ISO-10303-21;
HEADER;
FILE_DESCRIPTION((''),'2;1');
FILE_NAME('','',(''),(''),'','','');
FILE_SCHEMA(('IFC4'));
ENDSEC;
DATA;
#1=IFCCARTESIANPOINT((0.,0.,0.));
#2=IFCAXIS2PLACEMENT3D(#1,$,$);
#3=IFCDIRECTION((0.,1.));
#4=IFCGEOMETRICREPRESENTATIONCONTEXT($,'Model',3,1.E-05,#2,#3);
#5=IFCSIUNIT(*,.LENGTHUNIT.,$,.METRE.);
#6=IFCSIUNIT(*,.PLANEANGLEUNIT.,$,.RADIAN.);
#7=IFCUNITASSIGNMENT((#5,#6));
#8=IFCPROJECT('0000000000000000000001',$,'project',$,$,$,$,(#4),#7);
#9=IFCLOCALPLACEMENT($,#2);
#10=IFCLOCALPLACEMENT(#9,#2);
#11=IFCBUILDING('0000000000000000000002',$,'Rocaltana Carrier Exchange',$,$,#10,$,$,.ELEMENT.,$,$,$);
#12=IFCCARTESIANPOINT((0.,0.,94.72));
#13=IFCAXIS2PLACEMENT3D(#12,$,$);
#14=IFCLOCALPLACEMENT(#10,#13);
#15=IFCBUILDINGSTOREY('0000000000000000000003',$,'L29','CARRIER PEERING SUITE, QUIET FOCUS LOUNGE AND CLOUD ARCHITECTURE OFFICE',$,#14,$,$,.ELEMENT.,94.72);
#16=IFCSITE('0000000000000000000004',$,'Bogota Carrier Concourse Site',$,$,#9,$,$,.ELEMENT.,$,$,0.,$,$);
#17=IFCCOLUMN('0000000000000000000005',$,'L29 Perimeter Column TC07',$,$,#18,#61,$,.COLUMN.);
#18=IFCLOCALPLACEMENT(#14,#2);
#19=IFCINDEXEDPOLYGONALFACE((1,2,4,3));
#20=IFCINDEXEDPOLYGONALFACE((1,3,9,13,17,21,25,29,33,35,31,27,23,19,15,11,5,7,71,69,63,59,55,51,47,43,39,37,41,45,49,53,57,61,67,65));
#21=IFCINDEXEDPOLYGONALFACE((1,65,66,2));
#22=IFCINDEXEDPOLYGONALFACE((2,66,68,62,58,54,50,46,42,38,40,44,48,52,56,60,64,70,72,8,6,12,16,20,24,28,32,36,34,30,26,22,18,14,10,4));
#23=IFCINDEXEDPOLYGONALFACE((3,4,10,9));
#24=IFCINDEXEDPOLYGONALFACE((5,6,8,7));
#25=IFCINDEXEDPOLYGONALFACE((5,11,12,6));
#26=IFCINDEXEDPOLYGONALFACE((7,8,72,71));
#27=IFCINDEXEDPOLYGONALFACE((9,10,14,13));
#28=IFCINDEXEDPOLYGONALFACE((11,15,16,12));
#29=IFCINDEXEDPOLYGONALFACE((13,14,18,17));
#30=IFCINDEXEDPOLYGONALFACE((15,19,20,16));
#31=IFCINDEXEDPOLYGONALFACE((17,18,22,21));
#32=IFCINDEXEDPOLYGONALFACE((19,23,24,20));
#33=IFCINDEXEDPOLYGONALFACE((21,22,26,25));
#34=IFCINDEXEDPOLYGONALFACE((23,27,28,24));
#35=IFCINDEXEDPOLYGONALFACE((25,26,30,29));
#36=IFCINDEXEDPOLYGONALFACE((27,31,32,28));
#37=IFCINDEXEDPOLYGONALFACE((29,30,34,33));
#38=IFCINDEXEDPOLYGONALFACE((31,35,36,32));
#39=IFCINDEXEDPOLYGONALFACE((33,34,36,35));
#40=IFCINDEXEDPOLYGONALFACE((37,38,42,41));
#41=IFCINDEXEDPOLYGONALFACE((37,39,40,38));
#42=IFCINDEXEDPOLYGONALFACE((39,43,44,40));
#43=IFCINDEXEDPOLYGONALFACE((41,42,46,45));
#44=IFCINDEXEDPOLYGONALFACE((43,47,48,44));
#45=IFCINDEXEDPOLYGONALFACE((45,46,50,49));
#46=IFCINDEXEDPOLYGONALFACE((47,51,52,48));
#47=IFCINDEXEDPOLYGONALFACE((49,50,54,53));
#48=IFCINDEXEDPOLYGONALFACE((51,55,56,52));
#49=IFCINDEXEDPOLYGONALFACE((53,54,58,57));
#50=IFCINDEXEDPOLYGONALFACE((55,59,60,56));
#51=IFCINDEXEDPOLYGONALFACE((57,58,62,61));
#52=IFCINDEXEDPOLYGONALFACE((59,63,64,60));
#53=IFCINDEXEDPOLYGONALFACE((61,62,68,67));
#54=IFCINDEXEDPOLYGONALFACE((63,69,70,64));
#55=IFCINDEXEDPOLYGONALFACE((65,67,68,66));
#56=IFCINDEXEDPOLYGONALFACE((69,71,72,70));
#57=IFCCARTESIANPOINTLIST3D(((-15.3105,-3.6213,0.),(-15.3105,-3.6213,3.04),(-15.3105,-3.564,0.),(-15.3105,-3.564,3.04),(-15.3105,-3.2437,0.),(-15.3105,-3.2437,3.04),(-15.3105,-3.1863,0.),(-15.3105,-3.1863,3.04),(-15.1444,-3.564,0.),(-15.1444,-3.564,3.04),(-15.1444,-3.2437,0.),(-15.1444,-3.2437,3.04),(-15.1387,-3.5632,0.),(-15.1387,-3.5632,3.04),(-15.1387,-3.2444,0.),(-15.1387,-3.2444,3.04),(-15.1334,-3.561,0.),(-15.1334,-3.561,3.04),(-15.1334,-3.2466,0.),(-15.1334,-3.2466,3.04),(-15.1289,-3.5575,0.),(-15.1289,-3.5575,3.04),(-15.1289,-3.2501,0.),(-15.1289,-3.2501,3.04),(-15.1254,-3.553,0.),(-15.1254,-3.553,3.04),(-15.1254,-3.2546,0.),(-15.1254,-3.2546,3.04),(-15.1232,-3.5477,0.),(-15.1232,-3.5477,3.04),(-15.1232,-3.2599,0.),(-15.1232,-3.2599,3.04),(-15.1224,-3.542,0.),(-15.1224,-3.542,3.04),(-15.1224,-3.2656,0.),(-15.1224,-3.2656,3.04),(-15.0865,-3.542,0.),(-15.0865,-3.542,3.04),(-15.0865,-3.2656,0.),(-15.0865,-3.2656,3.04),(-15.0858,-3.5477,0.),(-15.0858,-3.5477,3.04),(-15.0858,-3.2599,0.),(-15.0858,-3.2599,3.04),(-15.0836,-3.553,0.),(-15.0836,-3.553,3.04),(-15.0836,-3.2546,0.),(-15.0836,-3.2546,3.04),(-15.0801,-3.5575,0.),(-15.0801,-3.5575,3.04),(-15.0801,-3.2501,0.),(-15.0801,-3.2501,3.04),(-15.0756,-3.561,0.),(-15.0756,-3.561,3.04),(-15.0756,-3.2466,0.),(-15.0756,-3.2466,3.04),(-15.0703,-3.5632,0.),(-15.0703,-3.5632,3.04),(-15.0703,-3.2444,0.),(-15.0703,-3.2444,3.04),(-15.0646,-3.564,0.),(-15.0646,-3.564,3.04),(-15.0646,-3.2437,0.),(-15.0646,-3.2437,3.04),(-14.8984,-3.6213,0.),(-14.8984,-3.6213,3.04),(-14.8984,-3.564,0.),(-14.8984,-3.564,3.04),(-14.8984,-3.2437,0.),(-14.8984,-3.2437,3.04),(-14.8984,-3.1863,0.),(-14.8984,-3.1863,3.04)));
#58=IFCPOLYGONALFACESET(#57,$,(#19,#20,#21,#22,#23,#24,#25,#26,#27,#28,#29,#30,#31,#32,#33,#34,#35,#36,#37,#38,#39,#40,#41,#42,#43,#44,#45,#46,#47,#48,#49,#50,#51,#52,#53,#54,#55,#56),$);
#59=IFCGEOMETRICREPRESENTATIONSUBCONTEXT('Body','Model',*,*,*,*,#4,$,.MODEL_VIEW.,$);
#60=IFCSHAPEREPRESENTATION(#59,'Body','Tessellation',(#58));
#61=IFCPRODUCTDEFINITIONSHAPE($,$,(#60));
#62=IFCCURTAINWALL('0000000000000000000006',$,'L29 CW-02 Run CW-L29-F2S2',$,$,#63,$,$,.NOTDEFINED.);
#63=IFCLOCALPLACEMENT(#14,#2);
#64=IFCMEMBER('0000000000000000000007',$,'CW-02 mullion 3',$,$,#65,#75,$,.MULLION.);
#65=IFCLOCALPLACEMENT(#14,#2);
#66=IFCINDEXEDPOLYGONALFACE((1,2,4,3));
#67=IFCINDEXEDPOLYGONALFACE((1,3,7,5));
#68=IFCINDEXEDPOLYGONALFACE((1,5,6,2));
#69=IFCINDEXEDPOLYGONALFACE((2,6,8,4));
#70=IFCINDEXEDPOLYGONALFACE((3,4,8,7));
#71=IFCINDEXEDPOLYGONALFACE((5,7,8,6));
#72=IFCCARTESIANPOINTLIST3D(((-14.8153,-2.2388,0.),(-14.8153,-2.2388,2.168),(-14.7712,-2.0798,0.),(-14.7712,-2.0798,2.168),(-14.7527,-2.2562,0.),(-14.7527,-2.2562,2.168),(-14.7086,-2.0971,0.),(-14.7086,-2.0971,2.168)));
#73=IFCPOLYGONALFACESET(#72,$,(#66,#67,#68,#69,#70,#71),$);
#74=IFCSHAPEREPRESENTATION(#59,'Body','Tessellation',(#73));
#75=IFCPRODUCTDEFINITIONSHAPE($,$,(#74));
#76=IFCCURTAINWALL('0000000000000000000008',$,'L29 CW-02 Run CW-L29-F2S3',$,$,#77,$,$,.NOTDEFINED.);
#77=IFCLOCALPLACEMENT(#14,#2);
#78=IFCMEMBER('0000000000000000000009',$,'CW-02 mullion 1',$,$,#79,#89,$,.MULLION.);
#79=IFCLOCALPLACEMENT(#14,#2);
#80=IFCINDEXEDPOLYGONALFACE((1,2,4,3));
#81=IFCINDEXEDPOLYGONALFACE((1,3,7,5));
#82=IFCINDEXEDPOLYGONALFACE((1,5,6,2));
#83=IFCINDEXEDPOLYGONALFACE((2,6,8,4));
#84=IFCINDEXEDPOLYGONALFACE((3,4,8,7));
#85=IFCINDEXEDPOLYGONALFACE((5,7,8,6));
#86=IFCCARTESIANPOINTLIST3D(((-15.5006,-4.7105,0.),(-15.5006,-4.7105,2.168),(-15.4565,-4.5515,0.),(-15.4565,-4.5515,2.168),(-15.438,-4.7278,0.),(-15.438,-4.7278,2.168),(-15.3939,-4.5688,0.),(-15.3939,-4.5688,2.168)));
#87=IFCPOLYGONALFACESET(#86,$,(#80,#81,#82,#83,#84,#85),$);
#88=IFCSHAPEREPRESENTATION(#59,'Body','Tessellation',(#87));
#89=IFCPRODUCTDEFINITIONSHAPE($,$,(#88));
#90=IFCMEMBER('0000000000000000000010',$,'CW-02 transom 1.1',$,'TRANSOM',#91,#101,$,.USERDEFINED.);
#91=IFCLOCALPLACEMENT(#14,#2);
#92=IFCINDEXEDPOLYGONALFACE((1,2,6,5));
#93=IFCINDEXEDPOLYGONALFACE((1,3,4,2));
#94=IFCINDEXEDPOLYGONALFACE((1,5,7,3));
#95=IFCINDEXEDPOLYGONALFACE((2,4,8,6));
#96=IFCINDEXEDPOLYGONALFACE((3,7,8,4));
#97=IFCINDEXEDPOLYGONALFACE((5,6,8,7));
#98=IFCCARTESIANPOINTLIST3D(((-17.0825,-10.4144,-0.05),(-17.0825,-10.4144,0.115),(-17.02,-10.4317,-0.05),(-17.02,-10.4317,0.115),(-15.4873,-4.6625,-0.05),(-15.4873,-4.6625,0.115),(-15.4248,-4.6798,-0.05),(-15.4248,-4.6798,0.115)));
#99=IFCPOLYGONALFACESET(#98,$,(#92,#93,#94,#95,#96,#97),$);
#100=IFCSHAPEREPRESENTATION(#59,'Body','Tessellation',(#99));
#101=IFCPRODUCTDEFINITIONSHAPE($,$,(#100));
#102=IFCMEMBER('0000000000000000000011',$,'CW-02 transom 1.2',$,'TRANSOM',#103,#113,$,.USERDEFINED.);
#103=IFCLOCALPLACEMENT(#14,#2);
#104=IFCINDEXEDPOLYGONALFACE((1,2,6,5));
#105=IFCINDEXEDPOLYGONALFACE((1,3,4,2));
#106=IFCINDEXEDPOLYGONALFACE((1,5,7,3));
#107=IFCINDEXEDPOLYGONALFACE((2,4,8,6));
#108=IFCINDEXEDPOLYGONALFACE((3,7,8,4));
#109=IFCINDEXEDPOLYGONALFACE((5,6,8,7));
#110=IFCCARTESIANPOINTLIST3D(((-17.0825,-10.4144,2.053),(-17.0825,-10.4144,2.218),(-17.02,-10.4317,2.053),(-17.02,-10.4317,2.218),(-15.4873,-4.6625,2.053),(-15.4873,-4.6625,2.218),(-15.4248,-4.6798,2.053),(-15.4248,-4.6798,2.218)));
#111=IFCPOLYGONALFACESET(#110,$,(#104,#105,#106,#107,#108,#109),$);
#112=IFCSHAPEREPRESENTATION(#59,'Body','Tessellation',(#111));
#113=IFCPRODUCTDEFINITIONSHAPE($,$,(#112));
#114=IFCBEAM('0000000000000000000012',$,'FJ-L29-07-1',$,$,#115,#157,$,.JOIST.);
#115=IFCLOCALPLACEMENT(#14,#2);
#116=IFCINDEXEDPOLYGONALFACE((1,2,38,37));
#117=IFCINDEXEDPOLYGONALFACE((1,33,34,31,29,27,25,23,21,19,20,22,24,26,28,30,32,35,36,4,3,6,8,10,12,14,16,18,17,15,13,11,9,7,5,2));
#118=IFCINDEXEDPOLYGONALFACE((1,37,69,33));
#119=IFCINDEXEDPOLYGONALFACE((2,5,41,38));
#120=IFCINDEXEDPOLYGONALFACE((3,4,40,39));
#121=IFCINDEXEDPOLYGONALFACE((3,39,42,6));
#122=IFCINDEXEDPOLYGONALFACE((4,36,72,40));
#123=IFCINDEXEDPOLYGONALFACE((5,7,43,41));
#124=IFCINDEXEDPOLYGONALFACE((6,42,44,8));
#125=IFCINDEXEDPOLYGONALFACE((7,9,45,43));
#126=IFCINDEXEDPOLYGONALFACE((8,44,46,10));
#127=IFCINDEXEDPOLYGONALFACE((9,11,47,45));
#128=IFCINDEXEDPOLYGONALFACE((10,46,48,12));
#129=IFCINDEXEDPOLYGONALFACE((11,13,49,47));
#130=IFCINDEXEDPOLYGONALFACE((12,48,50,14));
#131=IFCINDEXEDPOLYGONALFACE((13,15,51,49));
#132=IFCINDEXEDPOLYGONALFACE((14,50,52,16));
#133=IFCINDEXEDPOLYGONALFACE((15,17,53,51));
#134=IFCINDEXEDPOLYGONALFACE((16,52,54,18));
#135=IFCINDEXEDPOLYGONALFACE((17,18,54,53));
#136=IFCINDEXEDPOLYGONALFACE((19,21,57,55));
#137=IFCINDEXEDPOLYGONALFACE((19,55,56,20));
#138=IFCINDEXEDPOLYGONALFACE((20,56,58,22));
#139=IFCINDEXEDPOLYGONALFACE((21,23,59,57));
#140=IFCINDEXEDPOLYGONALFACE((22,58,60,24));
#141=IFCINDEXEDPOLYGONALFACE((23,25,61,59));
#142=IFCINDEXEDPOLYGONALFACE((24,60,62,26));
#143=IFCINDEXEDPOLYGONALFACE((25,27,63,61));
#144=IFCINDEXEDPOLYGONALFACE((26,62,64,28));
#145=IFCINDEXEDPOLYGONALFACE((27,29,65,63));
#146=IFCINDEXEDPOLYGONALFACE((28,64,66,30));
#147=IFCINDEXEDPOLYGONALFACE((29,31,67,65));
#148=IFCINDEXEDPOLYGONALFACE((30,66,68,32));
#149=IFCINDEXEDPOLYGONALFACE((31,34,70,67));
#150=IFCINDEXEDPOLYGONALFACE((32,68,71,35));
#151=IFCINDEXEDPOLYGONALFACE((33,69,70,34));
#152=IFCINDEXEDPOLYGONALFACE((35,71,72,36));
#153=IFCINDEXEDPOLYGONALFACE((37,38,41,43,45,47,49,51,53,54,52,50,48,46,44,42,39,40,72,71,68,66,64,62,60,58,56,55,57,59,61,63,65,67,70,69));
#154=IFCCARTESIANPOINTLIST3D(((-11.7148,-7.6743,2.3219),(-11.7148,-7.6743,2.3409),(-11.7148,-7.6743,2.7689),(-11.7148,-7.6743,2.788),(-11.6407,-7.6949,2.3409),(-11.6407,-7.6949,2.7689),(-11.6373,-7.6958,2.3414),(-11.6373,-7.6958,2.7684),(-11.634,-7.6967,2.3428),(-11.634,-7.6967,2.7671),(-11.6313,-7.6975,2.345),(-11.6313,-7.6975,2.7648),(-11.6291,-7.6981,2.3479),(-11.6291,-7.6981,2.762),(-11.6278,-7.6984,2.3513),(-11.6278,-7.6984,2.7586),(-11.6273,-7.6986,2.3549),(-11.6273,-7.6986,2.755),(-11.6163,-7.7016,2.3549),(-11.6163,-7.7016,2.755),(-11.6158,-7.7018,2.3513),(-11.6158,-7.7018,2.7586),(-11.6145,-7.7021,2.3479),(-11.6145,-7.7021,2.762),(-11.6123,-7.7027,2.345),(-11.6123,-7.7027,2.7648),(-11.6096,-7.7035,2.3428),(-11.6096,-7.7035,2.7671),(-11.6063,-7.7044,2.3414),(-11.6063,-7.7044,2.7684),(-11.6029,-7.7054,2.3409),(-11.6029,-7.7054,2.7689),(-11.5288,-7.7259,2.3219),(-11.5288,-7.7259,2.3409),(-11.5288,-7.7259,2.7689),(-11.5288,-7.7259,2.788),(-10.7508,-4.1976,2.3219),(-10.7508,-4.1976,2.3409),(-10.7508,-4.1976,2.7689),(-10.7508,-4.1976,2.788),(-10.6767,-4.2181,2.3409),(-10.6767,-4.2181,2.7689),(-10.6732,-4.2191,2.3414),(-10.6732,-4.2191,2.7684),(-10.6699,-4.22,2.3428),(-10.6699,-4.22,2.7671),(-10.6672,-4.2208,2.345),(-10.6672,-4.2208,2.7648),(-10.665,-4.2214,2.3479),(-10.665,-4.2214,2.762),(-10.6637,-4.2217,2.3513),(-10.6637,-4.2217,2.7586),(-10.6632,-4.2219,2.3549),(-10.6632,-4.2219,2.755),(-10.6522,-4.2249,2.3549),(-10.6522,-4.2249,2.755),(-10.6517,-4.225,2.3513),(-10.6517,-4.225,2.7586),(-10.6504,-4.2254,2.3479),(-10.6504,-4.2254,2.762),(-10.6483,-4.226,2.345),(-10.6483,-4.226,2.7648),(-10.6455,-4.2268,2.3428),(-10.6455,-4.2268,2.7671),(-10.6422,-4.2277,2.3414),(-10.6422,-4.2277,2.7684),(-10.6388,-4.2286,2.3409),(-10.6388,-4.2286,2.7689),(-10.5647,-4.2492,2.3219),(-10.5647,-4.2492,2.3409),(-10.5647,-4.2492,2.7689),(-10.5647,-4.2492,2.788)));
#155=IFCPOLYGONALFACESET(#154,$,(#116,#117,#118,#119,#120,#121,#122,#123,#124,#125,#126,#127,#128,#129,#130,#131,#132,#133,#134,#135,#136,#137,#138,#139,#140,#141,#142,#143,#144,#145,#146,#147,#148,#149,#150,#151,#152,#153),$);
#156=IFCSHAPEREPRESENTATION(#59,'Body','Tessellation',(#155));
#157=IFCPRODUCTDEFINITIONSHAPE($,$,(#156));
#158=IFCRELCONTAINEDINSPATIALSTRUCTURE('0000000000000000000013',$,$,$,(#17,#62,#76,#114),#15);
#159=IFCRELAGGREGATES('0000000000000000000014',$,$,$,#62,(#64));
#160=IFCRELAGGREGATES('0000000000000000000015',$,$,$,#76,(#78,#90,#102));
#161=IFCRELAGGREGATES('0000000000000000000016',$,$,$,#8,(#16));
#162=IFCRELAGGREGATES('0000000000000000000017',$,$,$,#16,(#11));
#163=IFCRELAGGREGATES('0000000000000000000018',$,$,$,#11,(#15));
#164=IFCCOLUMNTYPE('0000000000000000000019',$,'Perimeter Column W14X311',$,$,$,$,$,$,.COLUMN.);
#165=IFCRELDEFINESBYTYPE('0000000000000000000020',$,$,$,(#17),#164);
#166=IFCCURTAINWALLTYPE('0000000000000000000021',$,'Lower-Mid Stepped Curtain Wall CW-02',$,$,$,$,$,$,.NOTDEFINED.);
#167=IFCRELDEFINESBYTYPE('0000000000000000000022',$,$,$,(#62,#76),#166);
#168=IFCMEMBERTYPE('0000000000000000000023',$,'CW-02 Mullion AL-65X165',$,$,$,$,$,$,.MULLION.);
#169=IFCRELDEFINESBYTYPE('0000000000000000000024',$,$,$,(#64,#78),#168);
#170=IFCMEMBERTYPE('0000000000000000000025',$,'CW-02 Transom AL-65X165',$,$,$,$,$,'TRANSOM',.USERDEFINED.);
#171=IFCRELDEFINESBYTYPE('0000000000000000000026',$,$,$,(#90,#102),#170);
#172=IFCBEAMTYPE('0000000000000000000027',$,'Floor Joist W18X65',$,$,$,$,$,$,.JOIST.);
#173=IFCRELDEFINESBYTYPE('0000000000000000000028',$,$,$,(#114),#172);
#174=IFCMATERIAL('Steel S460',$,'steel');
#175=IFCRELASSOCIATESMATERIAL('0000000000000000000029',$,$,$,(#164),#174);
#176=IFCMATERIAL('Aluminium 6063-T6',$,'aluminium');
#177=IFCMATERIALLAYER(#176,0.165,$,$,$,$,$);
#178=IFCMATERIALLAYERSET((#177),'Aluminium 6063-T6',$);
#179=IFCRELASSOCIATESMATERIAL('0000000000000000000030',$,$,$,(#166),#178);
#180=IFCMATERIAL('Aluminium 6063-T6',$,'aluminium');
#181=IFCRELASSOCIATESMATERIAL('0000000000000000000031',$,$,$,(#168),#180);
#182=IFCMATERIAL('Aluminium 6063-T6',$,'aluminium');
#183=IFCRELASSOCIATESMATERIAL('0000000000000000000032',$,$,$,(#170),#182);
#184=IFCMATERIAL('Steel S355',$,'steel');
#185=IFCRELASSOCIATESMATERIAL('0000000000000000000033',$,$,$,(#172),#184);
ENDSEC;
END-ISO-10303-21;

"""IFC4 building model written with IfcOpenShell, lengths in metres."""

from ifc_helpers import new_model, si_unit, direction, frame, origin, origin_2d, place, context, subcontext, project, spatial, rectangle, i_section, extrude, material, layer, layer_set, material_profile, profile_set, type_object, element, aggregate, save


model = new_model("IFC4")

# Units and contexts
model_context = context("Model", 3, precision=1e-05, world=origin(), true_north=direction((0.0, 1.0)))
body_context = subcontext(model_context, "Body", "Model", "MODEL_VIEW")
ifc_project = project(units=[si_unit("LENGTHUNIT", "METRE"), si_unit("PLANEANGLEUNIT", "RADIAN")], contexts=[model_context])

# Site, building, storey
site_placement = place(None, origin())
site = spatial("IfcSite", under=ifc_project, at=site_placement, Name="Bogota Carrier Concourse Site", CompositionType="ELEMENT", RefElevation=0.0)
building_placement = place(site_placement, origin())
building = spatial("IfcBuilding", under=site, at=building_placement, Name="Rocaltana Carrier Exchange", CompositionType="ELEMENT")
storey_placement = place(building_placement, frame((0.0, 0.0, 94.72)))
storey = spatial("IfcBuildingStorey", under=building, at=storey_placement, Name="L29", Description="CARRIER PEERING SUITE, QUIET FOCUS LOUNGE AND CLOUD ARCHITECTURE OFFICE", CompositionType="ELEMENT", Elevation=94.72)

# Column
ifc_material_1 = material(Name="Steel S460", Category="steel")
ifc_material_profile_1 = material_profile(ifc_material_1, i_section(OverallWidth=0.4121, OverallDepth=0.4351, WebThickness=0.0359, FlangeThickness=0.0574, FilletRadius=0.022, at=origin_2d()), Name="W14X311")
ifc_profile_set_1 = profile_set([ifc_material_profile_1], Name="Steel S460")
column_type = type_object("IfcColumnType", Name="Perimeter Column W14X311", PredefinedType="COLUMN", material=ifc_profile_set_1)
column_placement = place(storey_placement, frame((-15.1045, -3.4038, 0.0), z_axis=(0.0, 0.0, 1.0), x_axis=(1.0, 0.0, 0.0)))
element("IfcColumn", 1, at=column_placement, inside=storey, type_object=column_type, Name="L29 Perimeter Column TC07", PredefinedType="COLUMN", context=body_context, shape_type="SweptSolid", body=[
    extrude(i_section(OverallWidth=0.4121, OverallDepth=0.4351, WebThickness=0.0359, FlangeThickness=0.0574, FilletRadius=0.022, at=origin_2d()), origin(), (0.0, 0.0, 1.0), 3.04),
])

# Curtain wall, member
ifc_material_2 = material(Name="Aluminium 6063-T6", Category="aluminium")
ifc_layer_1 = layer(ifc_material_2, 0.165)
ifc_layer_set_1 = layer_set([ifc_layer_1], Name="Aluminium 6063-T6")
curtain_wall_type = type_object("IfcCurtainWallType", Name="Lower-Mid Stepped Curtain Wall CW-02", PredefinedType="NOTDEFINED", material=ifc_layer_set_1)
curtain_wall_1_placement = place(storey_placement, origin())
curtain_wall_1 = element("IfcCurtainWall", 2, at=curtain_wall_1_placement, inside=storey, type_object=curtain_wall_type, Name="L29 CW-02 Run CW-L29-F2S2", PredefinedType="NOTDEFINED")
ifc_material_3 = material(Name="Aluminium 6063-T6", Category="aluminium")
ifc_material_profile_2 = material_profile(ifc_material_3, rectangle(XDim=0.0649, YDim=0.165, at=origin_2d()), Name="AL-65X165")
ifc_profile_set_2 = profile_set([ifc_material_profile_2], Name="Aluminium 6063-T6")
member_type_1 = type_object("IfcMemberType", Name="CW-02 Mullion AL-65X165", PredefinedType="MULLION", material=ifc_profile_set_2)
member_1_placement = place(storey_placement, frame((-14.762, -2.168, 0.0), z_axis=(0.0, 0.0, 1.0), x_axis=(0.963631, -0.267238, 0.0)))
member_1 = element("IfcMember", 3, at=member_1_placement, type_object=member_type_1, Name="CW-02 mullion 3", PredefinedType="MULLION", context=body_context, shape_type="SweptSolid", body=[
    extrude(rectangle(XDim=0.0649, YDim=0.165, at=origin_2d()), origin(), (0.0, 0.0, 1.0), 2.168),
])
aggregate(curtain_wall_1, [member_1])

# Curtain wall, members
curtain_wall_2_placement = place(storey_placement, origin())
curtain_wall_2 = element("IfcCurtainWall", 4, at=curtain_wall_2_placement, inside=storey, type_object=curtain_wall_type, Name="L29 CW-02 Run CW-L29-F2S3", PredefinedType="NOTDEFINED")
member_2_placement = place(storey_placement, frame((-15.4473, -4.6396, 0.0), z_axis=(0.0, 0.0, 1.0), x_axis=(0.963629, -0.267243, 0.0)))
member_2 = element("IfcMember", 5, at=member_2_placement, type_object=member_type_1, Name="CW-02 mullion 1", PredefinedType="MULLION", context=body_context, shape_type="SweptSolid", body=[
    extrude(rectangle(XDim=0.0649, YDim=0.165, at=origin_2d()), origin(), (0.0, 0.0, 1.0), 2.168),
])
ifc_material_4 = material(Name="Aluminium 6063-T6", Category="aluminium")
ifc_material_profile_3 = material_profile(ifc_material_4, rectangle(XDim=0.0649, YDim=0.165, at=origin_2d()), Name="AL-65X165")
ifc_profile_set_3 = profile_set([ifc_material_profile_3], Name="Aluminium 6063-T6")
member_type_2 = type_object("IfcMemberType", Name="CW-02 Transom AL-65X165", ElementType="TRANSOM", PredefinedType="USERDEFINED", material=ifc_profile_set_3)
member_3_placement = place(storey_placement, frame((-15.4561, -4.6711, 0.0325), z_axis=(-0.267247, -0.963628, 0.0), x_axis=(0.963628, -0.267247, 0.0)))
member_3 = element("IfcMember", 6, at=member_3_placement, type_object=member_type_2, Name="CW-02 transom 1.1", ObjectType="TRANSOM", PredefinedType="USERDEFINED", context=body_context, shape_type="SweptSolid", body=[
    extrude(rectangle(XDim=0.0649, YDim=0.165, at=origin_2d()), origin(), (0.0, 0.0, 1.0), 5.969),
])
member_4_placement = place(storey_placement, frame((-15.4561, -4.6711, 2.1355), z_axis=(-0.267247, -0.963628, 0.0), x_axis=(0.963628, -0.267247, 0.0)))
member_4 = element("IfcMember", 7, at=member_4_placement, type_object=member_type_2, Name="CW-02 transom 1.2", ObjectType="TRANSOM", PredefinedType="USERDEFINED", context=body_context, shape_type="SweptSolid", body=[
    extrude(rectangle(XDim=0.0649, YDim=0.165, at=origin_2d()), origin(), (0.0, 0.0, 1.0), 5.969),
])

# Beam
ifc_material_5 = material(Name="Steel S355", Category="steel")
ifc_material_profile_4 = material_profile(ifc_material_5, i_section(OverallWidth=0.1931, OverallDepth=0.4661, WebThickness=0.0115, FlangeThickness=0.019, FilletRadius=0.0139, at=origin_2d()), Name="W18X65")
ifc_profile_set_4 = profile_set([ifc_material_profile_4], Name="Steel S355")
beam_type_1 = type_object("IfcBeamType", Name="Floor Joist W18X65", PredefinedType="JOIST", material=ifc_profile_set_4)
beam_1_placement = place(storey_placement, frame((-10.6577, -4.2234, 2.5549), z_axis=(-0.267215, -0.963637, 0.0), x_axis=(0.963637, -0.267215, 0.0)))
element("IfcBeam", 8, at=beam_1_placement, inside=storey, type_object=beam_type_1, Name="FJ-L29-07-1", PredefinedType="JOIST", context=body_context, shape_type="SweptSolid", body=[
    extrude(i_section(OverallWidth=0.1931, OverallDepth=0.4661, WebThickness=0.0115, FlangeThickness=0.019, FilletRadius=0.0139, at=origin_2d()), origin(), (0.0, 0.0, 1.0), 3.6079),
])

aggregate(curtain_wall_2, [member_2, member_3, member_4])

save(model, "model.ifc")
